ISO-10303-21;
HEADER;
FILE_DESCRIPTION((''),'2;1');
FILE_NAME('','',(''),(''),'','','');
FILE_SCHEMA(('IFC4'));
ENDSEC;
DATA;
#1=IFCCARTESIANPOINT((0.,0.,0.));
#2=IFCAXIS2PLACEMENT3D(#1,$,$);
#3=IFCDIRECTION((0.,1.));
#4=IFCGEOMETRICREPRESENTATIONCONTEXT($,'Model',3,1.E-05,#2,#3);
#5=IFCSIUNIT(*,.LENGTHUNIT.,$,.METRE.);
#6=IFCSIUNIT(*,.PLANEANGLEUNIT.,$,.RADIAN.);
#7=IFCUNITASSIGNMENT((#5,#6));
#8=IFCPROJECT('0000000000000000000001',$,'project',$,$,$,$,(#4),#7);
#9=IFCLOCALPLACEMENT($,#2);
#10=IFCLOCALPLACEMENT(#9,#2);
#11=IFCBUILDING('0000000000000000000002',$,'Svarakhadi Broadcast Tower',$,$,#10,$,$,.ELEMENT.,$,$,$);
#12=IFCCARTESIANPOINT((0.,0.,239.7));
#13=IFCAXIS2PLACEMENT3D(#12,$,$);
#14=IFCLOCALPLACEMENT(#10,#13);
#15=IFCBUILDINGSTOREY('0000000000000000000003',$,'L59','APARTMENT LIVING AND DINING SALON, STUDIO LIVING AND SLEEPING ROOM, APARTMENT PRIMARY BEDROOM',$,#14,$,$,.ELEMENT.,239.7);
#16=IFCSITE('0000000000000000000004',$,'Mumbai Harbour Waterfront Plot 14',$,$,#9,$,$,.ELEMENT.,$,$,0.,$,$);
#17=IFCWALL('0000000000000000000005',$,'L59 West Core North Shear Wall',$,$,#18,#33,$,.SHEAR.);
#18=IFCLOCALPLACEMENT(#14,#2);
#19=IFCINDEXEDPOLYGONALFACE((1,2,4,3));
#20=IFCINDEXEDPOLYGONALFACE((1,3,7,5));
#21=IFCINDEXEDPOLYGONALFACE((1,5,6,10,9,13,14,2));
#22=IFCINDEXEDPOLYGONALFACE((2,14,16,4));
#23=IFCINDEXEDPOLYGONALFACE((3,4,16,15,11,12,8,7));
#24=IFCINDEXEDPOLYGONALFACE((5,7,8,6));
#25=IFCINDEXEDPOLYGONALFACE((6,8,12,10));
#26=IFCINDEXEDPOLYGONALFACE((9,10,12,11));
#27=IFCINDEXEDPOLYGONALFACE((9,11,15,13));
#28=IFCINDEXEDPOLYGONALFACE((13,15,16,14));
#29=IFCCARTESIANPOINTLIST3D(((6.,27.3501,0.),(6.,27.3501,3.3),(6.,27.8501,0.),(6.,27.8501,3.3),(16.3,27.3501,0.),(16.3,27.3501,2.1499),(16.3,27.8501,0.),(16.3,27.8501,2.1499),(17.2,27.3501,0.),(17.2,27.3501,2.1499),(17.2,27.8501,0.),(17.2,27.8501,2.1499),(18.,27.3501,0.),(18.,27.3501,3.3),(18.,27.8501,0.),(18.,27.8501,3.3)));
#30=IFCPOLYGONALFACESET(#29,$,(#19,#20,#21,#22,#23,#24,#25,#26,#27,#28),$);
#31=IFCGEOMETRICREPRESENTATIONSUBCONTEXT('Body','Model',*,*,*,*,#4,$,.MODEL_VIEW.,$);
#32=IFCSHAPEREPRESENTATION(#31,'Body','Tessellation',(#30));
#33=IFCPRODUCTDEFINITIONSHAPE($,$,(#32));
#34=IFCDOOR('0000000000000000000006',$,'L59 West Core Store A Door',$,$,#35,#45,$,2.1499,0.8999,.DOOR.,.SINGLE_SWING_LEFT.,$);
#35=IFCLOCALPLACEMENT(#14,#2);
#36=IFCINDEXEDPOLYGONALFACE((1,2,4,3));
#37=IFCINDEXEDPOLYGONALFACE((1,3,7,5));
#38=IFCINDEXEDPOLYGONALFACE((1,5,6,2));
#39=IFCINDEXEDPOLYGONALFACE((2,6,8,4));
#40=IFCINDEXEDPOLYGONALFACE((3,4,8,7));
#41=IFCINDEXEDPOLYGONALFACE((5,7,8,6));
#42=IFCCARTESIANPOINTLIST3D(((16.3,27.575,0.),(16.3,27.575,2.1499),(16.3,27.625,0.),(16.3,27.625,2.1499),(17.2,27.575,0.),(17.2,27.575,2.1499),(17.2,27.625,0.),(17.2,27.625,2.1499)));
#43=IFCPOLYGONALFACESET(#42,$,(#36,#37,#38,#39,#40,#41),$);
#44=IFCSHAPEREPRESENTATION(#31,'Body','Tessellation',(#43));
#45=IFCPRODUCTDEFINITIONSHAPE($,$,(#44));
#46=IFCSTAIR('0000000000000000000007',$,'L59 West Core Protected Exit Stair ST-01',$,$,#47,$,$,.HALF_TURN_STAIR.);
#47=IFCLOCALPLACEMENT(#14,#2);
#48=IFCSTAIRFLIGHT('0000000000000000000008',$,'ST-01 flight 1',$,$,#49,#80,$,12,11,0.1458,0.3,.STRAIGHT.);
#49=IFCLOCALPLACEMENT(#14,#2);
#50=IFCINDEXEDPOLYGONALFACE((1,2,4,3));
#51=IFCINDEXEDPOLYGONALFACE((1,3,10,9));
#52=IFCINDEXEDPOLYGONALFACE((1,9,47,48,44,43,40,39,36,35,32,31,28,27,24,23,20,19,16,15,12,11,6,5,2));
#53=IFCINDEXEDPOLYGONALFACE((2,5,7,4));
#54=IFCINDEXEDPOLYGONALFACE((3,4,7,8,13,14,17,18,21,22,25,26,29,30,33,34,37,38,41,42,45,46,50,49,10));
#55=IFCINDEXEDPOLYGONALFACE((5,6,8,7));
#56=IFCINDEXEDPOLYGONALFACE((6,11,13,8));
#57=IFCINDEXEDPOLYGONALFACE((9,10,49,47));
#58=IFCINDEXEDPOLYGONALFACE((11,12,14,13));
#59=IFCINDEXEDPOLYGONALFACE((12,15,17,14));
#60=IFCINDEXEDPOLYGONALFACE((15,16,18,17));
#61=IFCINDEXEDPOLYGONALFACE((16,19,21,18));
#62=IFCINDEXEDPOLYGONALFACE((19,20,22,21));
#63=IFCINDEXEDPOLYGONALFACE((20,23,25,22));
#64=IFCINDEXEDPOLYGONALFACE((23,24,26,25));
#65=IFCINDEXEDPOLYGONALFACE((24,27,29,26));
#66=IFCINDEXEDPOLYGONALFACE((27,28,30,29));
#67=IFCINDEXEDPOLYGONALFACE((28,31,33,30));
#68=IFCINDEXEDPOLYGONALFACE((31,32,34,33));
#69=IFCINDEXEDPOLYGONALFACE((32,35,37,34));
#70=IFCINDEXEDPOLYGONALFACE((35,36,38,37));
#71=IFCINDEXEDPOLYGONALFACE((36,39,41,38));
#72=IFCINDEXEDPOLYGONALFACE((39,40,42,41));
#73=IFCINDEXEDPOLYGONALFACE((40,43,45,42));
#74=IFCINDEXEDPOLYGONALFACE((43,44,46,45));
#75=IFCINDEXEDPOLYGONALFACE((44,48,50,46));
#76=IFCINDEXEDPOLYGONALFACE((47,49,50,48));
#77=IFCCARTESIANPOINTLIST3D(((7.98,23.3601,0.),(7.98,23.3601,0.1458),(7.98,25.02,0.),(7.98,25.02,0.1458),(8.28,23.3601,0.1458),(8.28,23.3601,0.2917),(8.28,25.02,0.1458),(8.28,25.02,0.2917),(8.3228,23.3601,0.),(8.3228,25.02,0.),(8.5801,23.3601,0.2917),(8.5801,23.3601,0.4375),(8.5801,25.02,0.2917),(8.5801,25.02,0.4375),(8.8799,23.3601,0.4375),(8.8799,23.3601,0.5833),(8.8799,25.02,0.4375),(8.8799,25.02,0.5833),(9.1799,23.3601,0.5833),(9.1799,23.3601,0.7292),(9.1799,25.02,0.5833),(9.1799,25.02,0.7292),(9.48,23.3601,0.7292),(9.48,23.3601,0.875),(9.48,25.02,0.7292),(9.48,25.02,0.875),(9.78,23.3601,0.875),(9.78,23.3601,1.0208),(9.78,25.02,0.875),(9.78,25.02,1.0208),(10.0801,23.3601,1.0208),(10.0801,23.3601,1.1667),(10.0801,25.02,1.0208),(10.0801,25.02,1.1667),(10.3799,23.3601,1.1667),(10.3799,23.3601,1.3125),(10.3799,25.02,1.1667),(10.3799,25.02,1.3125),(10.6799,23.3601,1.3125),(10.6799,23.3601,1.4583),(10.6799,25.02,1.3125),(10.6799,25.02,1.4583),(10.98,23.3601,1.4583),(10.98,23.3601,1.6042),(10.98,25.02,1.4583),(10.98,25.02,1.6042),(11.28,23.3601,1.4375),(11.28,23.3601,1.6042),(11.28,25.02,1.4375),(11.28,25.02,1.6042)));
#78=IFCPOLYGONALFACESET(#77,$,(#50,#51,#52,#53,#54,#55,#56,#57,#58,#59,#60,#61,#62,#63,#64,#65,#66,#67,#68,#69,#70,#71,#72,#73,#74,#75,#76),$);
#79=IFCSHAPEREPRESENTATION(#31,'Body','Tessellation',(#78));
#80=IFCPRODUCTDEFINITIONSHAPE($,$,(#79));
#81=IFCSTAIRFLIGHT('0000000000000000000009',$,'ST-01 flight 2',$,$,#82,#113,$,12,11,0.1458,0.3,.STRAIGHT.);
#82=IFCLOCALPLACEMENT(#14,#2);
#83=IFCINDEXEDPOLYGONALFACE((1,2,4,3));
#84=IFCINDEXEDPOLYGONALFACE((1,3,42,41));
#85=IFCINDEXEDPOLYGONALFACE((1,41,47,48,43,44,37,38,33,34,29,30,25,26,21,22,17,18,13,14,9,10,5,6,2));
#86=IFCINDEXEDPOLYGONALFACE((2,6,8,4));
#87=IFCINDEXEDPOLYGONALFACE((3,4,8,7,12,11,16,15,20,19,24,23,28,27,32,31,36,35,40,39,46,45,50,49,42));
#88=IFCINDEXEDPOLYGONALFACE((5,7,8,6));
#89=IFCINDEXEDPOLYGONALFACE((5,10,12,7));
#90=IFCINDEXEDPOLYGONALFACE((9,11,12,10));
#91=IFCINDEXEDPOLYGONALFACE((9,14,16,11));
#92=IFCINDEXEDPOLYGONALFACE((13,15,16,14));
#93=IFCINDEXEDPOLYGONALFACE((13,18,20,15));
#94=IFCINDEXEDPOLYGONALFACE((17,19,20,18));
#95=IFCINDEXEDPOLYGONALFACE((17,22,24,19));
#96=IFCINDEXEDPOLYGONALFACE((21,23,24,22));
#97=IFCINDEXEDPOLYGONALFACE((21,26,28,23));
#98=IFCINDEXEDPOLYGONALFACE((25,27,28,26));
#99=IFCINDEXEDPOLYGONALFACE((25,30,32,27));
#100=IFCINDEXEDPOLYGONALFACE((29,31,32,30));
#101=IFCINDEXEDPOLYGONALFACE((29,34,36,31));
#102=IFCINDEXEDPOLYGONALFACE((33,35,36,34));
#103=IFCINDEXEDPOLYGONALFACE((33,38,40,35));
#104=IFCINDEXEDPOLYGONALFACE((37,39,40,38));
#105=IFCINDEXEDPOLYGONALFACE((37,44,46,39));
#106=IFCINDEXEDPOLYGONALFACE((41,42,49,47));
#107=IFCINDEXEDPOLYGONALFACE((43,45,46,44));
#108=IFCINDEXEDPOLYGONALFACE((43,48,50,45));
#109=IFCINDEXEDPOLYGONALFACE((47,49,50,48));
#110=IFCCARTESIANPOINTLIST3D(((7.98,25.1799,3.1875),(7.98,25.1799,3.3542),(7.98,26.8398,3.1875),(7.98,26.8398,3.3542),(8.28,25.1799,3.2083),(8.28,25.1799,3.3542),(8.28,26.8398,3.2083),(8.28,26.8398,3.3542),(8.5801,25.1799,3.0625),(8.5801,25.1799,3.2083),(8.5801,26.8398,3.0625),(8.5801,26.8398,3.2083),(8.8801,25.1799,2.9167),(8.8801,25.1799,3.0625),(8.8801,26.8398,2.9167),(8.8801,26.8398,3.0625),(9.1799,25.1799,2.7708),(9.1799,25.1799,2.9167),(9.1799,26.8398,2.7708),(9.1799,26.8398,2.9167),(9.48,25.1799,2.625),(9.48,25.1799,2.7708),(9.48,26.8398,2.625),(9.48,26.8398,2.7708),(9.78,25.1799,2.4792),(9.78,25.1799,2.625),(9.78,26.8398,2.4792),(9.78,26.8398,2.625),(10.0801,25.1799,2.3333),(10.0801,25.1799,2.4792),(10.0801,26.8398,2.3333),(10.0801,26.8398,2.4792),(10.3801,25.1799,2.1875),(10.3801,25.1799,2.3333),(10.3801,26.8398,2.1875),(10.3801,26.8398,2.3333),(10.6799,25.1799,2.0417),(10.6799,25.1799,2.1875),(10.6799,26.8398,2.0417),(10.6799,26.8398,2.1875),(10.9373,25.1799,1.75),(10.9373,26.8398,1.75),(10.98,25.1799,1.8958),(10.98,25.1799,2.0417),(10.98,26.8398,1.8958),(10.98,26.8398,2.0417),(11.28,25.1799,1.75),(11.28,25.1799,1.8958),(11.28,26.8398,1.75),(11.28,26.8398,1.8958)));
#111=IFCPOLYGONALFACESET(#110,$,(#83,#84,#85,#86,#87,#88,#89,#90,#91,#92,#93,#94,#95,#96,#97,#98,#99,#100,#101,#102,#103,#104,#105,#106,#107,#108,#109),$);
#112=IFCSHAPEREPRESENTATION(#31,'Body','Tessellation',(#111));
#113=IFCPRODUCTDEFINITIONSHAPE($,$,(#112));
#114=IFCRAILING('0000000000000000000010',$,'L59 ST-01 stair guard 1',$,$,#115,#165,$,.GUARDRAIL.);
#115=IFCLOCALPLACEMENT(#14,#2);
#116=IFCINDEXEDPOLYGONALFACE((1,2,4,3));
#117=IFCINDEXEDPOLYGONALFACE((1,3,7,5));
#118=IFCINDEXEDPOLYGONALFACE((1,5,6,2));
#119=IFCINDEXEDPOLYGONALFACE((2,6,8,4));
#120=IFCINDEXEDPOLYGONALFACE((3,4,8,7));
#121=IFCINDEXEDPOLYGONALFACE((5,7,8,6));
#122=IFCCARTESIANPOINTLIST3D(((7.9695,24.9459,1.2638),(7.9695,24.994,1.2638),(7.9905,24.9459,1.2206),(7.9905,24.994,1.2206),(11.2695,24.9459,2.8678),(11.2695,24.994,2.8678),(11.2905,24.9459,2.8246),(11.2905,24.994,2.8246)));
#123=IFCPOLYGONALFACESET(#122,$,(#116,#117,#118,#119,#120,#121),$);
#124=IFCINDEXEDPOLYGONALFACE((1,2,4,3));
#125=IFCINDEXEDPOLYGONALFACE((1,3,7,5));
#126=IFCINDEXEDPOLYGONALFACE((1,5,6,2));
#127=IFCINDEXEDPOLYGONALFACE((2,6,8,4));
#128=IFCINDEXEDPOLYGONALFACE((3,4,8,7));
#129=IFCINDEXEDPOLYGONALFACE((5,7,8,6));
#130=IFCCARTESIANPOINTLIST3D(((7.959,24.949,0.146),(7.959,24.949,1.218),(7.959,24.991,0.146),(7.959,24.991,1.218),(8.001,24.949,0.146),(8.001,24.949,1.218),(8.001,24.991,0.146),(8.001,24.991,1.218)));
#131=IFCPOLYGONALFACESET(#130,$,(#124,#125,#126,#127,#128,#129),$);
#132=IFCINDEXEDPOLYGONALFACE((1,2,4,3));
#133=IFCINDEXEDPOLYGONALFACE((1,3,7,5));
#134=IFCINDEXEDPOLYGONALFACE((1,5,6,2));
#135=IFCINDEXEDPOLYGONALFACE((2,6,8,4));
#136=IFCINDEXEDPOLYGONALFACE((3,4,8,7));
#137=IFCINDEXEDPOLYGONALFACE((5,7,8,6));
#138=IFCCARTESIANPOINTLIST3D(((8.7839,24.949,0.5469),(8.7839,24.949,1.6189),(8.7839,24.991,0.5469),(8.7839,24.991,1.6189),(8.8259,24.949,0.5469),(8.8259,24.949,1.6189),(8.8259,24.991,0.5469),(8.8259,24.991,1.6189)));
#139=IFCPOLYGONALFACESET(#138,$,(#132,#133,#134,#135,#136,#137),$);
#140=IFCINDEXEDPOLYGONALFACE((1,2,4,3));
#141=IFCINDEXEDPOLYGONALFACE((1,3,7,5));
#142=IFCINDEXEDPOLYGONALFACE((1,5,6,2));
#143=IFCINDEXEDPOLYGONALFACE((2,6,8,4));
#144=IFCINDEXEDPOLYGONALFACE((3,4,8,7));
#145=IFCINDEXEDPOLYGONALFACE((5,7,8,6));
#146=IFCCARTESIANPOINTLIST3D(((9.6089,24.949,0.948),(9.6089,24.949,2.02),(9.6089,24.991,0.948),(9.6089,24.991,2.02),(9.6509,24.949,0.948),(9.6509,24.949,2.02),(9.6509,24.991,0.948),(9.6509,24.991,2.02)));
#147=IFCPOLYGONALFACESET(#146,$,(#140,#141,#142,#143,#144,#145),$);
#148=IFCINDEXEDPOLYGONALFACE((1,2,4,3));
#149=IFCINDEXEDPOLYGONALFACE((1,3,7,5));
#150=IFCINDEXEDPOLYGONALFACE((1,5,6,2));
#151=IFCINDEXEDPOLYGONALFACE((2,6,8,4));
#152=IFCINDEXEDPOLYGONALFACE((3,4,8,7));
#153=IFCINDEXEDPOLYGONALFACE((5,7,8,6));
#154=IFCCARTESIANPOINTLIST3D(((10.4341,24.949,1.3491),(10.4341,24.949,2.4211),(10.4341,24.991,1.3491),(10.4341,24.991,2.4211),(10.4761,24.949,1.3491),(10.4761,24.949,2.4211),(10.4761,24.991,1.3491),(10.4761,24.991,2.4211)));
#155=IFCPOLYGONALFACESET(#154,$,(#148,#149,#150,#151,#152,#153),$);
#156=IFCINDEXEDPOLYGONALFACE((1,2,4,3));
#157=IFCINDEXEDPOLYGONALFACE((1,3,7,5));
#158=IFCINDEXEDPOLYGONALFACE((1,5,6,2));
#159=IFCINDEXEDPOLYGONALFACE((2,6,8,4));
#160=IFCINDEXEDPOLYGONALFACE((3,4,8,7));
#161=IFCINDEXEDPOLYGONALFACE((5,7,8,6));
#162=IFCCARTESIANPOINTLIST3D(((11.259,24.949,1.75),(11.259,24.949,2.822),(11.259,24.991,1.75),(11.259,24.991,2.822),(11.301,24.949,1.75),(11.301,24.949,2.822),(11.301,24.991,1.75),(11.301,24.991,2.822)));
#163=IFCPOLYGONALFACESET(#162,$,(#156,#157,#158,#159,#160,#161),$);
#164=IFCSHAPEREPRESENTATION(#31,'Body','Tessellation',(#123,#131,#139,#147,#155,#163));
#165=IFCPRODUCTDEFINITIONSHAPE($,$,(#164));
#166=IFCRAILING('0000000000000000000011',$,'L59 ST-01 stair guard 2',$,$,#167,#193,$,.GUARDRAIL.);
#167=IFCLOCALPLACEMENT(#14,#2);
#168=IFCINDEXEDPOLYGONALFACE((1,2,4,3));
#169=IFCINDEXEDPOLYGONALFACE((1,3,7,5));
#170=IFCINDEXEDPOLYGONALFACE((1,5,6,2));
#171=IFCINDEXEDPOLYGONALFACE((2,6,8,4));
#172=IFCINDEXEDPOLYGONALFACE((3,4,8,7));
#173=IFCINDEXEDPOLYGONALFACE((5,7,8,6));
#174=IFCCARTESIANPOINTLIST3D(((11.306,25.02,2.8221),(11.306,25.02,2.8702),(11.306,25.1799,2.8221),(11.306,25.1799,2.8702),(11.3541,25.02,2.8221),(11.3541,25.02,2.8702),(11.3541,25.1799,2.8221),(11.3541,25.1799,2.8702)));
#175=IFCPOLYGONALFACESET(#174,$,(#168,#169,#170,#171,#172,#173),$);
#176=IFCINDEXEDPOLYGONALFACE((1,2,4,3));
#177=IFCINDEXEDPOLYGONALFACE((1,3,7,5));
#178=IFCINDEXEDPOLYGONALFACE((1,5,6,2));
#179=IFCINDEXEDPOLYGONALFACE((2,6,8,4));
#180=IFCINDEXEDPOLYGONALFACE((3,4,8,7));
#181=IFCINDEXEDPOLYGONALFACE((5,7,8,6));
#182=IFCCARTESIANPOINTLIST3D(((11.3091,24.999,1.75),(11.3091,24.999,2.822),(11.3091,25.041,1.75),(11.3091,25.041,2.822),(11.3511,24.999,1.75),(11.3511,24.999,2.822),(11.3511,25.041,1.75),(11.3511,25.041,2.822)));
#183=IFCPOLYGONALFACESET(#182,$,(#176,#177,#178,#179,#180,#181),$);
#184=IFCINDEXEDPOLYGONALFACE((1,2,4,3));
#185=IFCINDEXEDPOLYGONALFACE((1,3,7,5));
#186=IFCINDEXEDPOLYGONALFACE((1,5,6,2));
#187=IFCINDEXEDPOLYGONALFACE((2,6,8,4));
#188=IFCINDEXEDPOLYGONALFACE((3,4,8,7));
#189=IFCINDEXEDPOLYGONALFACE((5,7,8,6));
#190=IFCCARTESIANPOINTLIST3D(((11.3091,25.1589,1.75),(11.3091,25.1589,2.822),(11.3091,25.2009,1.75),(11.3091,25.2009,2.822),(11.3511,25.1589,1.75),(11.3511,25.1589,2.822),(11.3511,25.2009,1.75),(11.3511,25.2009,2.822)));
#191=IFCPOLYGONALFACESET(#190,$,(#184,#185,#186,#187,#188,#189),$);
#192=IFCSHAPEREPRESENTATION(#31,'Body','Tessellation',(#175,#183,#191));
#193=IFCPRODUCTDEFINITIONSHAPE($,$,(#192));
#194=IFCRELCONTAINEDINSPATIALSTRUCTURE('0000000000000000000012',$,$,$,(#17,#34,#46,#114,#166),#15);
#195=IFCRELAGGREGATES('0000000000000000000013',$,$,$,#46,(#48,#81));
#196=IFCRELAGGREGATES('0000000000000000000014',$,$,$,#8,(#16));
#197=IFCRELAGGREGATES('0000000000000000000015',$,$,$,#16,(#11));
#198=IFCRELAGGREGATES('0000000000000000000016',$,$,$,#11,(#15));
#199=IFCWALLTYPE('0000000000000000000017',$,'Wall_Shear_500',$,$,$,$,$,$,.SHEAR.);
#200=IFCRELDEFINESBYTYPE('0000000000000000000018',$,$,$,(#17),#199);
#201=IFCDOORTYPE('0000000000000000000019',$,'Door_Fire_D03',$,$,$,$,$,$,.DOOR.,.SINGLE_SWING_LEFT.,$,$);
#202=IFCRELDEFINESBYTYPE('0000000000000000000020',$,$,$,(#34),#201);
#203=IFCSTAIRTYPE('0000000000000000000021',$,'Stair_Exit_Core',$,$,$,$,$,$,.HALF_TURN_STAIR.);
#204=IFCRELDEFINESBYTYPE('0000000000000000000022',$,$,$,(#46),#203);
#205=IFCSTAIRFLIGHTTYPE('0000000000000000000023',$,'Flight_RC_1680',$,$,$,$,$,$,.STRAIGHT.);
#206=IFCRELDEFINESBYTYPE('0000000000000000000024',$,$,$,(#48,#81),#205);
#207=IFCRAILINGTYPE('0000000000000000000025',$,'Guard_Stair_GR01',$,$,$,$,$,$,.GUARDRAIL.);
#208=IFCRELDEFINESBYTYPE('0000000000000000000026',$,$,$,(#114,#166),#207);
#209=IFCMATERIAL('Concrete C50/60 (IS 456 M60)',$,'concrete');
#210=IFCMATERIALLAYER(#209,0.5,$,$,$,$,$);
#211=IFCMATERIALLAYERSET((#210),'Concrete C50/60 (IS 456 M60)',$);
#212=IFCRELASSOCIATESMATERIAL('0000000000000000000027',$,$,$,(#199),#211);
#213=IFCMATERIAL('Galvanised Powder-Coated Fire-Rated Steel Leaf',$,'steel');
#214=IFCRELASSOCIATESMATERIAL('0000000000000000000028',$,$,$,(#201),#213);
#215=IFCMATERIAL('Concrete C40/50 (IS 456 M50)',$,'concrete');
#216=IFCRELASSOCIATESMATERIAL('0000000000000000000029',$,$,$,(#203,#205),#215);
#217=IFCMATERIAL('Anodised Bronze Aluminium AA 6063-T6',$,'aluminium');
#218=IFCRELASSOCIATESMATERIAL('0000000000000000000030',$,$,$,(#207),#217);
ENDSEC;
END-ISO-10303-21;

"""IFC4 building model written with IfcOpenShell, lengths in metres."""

from ifc_helpers import new_model, si_unit, direction, frame, frame_2d, origin, origin_2d, place, context, subcontext, project, spatial, polyline, rectangle, outline, extrude, material, layer, layer_set, type_object, element, fill, aggregate, save


model = new_model("IFC4")

# Units and contexts
model_context = context("Model", 3, precision=1e-05, world=origin(), true_north=direction((0.0, 1.0)))
body_context = subcontext(model_context, "Body", "Model", "MODEL_VIEW")
ifc_project = project(units=[si_unit("LENGTHUNIT", "METRE"), si_unit("PLANEANGLEUNIT", "RADIAN")], contexts=[model_context])

# Site, building, storey
site_placement = place(None, origin())
site = spatial("IfcSite", under=ifc_project, at=site_placement, Name="Mumbai Harbour Waterfront Plot 14", CompositionType="ELEMENT", RefElevation=0.0)
building_placement = place(site_placement, origin())
building = spatial("IfcBuilding", under=site, at=building_placement, Name="Svarakhadi Broadcast Tower", CompositionType="ELEMENT")
storey_placement = place(building_placement, frame((0.0, 0.0, 239.7)))
storey = spatial("IfcBuildingStorey", under=building, at=storey_placement, Name="L59", Description="APARTMENT LIVING AND DINING SALON, STUDIO LIVING AND SLEEPING ROOM, APARTMENT PRIMARY BEDROOM", CompositionType="ELEMENT", Elevation=239.7)

# Shared definitions
ifc_material_1 = material(Name="Concrete C50/60 (IS 456 M60)", Category="concrete")

# Shared definitions
ifc_material_2 = material(Name="Anodised Bronze Aluminium AA 6063-T6", Category="aluminium")

# Shared definitions
ifc_material_3 = material(Name="Concrete C40/50 (IS 456 M50)", Category="concrete")

# Wall, opening, door
ifc_layer_1 = layer(ifc_material_1, 0.5)
ifc_layer_set_1 = layer_set([ifc_layer_1], Name="Concrete C50/60 (IS 456 M60)")
wall_type_1 = type_object("IfcWallType", Name="Wall_Shear_500", PredefinedType="SHEAR", material=ifc_layer_set_1)
wall_1_placement = place(storey_placement, frame((6.0, 27.6001, 0.0), z_axis=(0.0, 0.0, 1.0), x_axis=(1.0, 0.0, 0.0)))
wall_1 = element("IfcWall", 1, at=wall_1_placement, inside=storey, type_object=wall_type_1, Name="L59 West Core North Shear Wall", PredefinedType="SHEAR", context=body_context, shape_type="SweptSolid", body=[
    extrude(rectangle(XDim=12.0, YDim=0.5, at=frame_2d((6.0, 0.0))), origin(), (0.0, 0.0, 1.0), 3.3),
])
opening_placement = place(wall_1_placement, frame((10.3, 0.0, 0.0)))
opening = element("IfcOpeningElement", 2, at=opening_placement, cuts=wall_1, PredefinedType="OPENING", context=body_context, shape_type="SweptSolid", body=[
    extrude(rectangle(XDim=0.8999, YDim=2.1499, at=frame_2d((0.45, 1.075))), frame((0.0, 0.26, 0.0), z_axis=(0.0, -1.0, 0.0), x_axis=(1.0, 0.0, 0.0)), (0.0, 0.0, 1.0), 0.52),
])
ifc_material_4 = material(Name="Galvanised Powder-Coated Fire-Rated Steel Leaf", Category="steel")
door_type = type_object("IfcDoorType", Name="Door_Fire_D03", OperationType="SINGLE_SWING_LEFT", PredefinedType="DOOR", material=ifc_material_4)
door_placement = place(opening_placement, origin())
door = element("IfcDoor", 3, at=door_placement, inside=storey, type_object=door_type, Name="L59 West Core Store A Door", OperationType="SINGLE_SWING_LEFT", OverallHeight=2.1499, OverallWidth=0.8999, PredefinedType="DOOR", context=body_context, shape_type="SweptSolid", body=[
    extrude(rectangle(XDim=0.8999, YDim=2.1499, at=frame_2d((0.45, 1.075))), frame((0.0, 0.0249, 0.0), z_axis=(0.0, -1.0, 0.0), x_axis=(1.0, 0.0, 0.0)), (0.0, 0.0, 1.0), 0.05),
])
fill(opening, door)

# Stair, stair flights
stair_type = type_object("IfcStairType", Name="Stair_Exit_Core", PredefinedType="HALF_TURN_STAIR", material=ifc_material_3)
stair_placement = place(storey_placement, origin())
stair = element("IfcStair", 4, at=stair_placement, inside=storey, type_object=stair_type, Name="L59 West Core Protected Exit Stair ST-01", PredefinedType="HALF_TURN_STAIR")
stair_flight_type = type_object("IfcStairFlightType", Name="Flight_RC_1680", PredefinedType="STRAIGHT", material=ifc_material_3)
stair_flight_1_placement = place(storey_placement, frame((7.98, 24.1899, 0.0), z_axis=(0.0, 0.0, 1.0), x_axis=(1.0, 0.0, 0.0)))
stair_flight_1 = element("IfcStairFlight", 5, at=stair_flight_1_placement, type_object=stair_flight_type, Name="ST-01 flight 1", NumberOfRisers=12, NumberOfTreads=11, PredefinedType="STRAIGHT", RiserHeight=0.1458, TreadLength=0.3, context=body_context, shape_type="SweptSolid", body=[
    extrude(outline(polyline([(0.0, 0.0), (0.0, 0.1458), (0.3, 0.1458), (0.3, 0.2917), (0.6001, 0.2917), (0.6001, 0.4375), (0.8999, 0.4375), (0.8999, 0.5833), (1.2, 0.5833), (1.2, 0.7292), (1.5, 0.7292), (1.5, 0.875), (1.8, 0.875), (1.8, 1.0208), (2.1001, 1.0208), (2.1001, 1.1667), (2.3999, 1.1667), (2.3999, 1.3125), (2.7, 1.3125), (2.7, 1.4583), (3.0, 1.4583), (3.0, 1.6042), (3.3, 1.6042), (3.3, 1.75), (3.3, 1.4375), (0.3428, 0.0), (0.0, 0.0)])), frame((0.0, 0.8301, 0.0), z_axis=(0.0, -1.0, 0.0), x_axis=(1.0, 0.0, 0.0)), (0.0, 0.0, 1.0), 1.6599),
])
stair_flight_2_placement = place(storey_placement, frame((11.28, 26.01, 1.75), z_axis=(0.0, 0.0, 1.0), x_axis=(-1.0, 0.0, 0.0)))
stair_flight_2 = element("IfcStairFlight", 6, at=stair_flight_2_placement, type_object=stair_flight_type, Name="ST-01 flight 2", NumberOfRisers=12, NumberOfTreads=11, PredefinedType="STRAIGHT", RiserHeight=0.1458, TreadLength=0.3, context=body_context, shape_type="SweptSolid", body=[
    extrude(outline(polyline([(0.0, 0.0), (0.0, 0.1458), (0.3, 0.1458), (0.3, 0.2917), (0.6001, 0.2917), (0.6001, 0.4375), (0.8999, 0.4375), (0.8999, 0.5833), (1.2, 0.5833), (1.2, 0.7292), (1.5, 0.7292), (1.5, 0.875), (1.8, 0.875), (1.8, 1.0208), (2.1001, 1.0208), (2.1001, 1.1667), (2.3999, 1.1667), (2.3999, 1.3125), (2.7, 1.3125), (2.7, 1.4583), (3.0, 1.4583), (3.0, 1.6042), (3.3, 1.6042), (3.3, 1.75), (3.3, 1.4375), (0.3428, 0.0), (0.0, 0.0)])), frame((0.0, 0.8301, 0.0), z_axis=(0.0, -1.0, 0.0), x_axis=(1.0, 0.0, 0.0)), (0.0, 0.0, 1.0), 1.6599),
])
aggregate(stair, [stair_flight_1, stair_flight_2])

# Railings
railing_type_1 = type_object("IfcRailingType", Name="Guard_Stair_GR01", PredefinedType="GUARDRAIL", material=ifc_material_2)
railing_1_placement = place(storey_placement, frame((7.98, 24.97, 0.146)))
element("IfcRailing", 7, at=railing_1_placement, inside=storey, type_object=railing_type_1, Name="L59 ST-01 stair guard 1", PredefinedType="GUARDRAIL", context=body_context, shape_type="SweptSolid", body=[
    extrude(rectangle(XDim=0.0481, YDim=0.0481, at=origin_2d()), frame((0.0, 0.0, 1.0962), z_axis=(0.899388, 0.0, 0.437152), x_axis=(0.0, 1.0, 0.0)), (0.0, 0.0, 1.0), 3.6692),
    extrude(rectangle(XDim=0.042, YDim=0.042, at=origin_2d()), origin(), (0.0, 0.0, 1.0), 1.072),
    extrude(rectangle(XDim=0.042, YDim=0.042, at=origin_2d()), frame((0.825, 0.0, 0.4009)), (0.0, 0.0, 1.0), 1.072),
    extrude(rectangle(XDim=0.042, YDim=0.042, at=origin_2d()), frame((1.6499, 0.0, 0.802)), (0.0, 0.0, 1.0), 1.072),
    extrude(rectangle(XDim=0.042, YDim=0.042, at=origin_2d()), frame((2.4751, 0.0, 1.2031)), (0.0, 0.0, 1.0), 1.072),
    extrude(rectangle(XDim=0.042, YDim=0.042, at=origin_2d()), frame((3.3, 0.0, 1.604)), (0.0, 0.0, 1.0), 1.072),
])
railing_2_placement = place(storey_placement, frame((11.3301, 25.02, 1.75)))
element("IfcRailing", 8, at=railing_2_placement, inside=storey, type_object=railing_type_1, Name="L59 ST-01 stair guard 2", PredefinedType="GUARDRAIL", context=body_context, shape_type="SweptSolid", body=[
    extrude(rectangle(XDim=0.0481, YDim=0.0481, at=origin_2d()), frame((0.0, 0.0, 1.0962), z_axis=(0.0, 1.0, 0.0), x_axis=(-1.0, 0.0, 0.0)), (0.0, 0.0, 1.0), 0.1599),
    extrude(rectangle(XDim=0.042, YDim=0.042, at=origin_2d()), origin(), (0.0, 0.0, 1.0), 1.072),
    extrude(rectangle(XDim=0.042, YDim=0.042, at=origin_2d()), frame((0.0, 0.1599, 0.0)), (0.0, 0.0, 1.0), 1.072),
])

save(model, "model.ifc")
